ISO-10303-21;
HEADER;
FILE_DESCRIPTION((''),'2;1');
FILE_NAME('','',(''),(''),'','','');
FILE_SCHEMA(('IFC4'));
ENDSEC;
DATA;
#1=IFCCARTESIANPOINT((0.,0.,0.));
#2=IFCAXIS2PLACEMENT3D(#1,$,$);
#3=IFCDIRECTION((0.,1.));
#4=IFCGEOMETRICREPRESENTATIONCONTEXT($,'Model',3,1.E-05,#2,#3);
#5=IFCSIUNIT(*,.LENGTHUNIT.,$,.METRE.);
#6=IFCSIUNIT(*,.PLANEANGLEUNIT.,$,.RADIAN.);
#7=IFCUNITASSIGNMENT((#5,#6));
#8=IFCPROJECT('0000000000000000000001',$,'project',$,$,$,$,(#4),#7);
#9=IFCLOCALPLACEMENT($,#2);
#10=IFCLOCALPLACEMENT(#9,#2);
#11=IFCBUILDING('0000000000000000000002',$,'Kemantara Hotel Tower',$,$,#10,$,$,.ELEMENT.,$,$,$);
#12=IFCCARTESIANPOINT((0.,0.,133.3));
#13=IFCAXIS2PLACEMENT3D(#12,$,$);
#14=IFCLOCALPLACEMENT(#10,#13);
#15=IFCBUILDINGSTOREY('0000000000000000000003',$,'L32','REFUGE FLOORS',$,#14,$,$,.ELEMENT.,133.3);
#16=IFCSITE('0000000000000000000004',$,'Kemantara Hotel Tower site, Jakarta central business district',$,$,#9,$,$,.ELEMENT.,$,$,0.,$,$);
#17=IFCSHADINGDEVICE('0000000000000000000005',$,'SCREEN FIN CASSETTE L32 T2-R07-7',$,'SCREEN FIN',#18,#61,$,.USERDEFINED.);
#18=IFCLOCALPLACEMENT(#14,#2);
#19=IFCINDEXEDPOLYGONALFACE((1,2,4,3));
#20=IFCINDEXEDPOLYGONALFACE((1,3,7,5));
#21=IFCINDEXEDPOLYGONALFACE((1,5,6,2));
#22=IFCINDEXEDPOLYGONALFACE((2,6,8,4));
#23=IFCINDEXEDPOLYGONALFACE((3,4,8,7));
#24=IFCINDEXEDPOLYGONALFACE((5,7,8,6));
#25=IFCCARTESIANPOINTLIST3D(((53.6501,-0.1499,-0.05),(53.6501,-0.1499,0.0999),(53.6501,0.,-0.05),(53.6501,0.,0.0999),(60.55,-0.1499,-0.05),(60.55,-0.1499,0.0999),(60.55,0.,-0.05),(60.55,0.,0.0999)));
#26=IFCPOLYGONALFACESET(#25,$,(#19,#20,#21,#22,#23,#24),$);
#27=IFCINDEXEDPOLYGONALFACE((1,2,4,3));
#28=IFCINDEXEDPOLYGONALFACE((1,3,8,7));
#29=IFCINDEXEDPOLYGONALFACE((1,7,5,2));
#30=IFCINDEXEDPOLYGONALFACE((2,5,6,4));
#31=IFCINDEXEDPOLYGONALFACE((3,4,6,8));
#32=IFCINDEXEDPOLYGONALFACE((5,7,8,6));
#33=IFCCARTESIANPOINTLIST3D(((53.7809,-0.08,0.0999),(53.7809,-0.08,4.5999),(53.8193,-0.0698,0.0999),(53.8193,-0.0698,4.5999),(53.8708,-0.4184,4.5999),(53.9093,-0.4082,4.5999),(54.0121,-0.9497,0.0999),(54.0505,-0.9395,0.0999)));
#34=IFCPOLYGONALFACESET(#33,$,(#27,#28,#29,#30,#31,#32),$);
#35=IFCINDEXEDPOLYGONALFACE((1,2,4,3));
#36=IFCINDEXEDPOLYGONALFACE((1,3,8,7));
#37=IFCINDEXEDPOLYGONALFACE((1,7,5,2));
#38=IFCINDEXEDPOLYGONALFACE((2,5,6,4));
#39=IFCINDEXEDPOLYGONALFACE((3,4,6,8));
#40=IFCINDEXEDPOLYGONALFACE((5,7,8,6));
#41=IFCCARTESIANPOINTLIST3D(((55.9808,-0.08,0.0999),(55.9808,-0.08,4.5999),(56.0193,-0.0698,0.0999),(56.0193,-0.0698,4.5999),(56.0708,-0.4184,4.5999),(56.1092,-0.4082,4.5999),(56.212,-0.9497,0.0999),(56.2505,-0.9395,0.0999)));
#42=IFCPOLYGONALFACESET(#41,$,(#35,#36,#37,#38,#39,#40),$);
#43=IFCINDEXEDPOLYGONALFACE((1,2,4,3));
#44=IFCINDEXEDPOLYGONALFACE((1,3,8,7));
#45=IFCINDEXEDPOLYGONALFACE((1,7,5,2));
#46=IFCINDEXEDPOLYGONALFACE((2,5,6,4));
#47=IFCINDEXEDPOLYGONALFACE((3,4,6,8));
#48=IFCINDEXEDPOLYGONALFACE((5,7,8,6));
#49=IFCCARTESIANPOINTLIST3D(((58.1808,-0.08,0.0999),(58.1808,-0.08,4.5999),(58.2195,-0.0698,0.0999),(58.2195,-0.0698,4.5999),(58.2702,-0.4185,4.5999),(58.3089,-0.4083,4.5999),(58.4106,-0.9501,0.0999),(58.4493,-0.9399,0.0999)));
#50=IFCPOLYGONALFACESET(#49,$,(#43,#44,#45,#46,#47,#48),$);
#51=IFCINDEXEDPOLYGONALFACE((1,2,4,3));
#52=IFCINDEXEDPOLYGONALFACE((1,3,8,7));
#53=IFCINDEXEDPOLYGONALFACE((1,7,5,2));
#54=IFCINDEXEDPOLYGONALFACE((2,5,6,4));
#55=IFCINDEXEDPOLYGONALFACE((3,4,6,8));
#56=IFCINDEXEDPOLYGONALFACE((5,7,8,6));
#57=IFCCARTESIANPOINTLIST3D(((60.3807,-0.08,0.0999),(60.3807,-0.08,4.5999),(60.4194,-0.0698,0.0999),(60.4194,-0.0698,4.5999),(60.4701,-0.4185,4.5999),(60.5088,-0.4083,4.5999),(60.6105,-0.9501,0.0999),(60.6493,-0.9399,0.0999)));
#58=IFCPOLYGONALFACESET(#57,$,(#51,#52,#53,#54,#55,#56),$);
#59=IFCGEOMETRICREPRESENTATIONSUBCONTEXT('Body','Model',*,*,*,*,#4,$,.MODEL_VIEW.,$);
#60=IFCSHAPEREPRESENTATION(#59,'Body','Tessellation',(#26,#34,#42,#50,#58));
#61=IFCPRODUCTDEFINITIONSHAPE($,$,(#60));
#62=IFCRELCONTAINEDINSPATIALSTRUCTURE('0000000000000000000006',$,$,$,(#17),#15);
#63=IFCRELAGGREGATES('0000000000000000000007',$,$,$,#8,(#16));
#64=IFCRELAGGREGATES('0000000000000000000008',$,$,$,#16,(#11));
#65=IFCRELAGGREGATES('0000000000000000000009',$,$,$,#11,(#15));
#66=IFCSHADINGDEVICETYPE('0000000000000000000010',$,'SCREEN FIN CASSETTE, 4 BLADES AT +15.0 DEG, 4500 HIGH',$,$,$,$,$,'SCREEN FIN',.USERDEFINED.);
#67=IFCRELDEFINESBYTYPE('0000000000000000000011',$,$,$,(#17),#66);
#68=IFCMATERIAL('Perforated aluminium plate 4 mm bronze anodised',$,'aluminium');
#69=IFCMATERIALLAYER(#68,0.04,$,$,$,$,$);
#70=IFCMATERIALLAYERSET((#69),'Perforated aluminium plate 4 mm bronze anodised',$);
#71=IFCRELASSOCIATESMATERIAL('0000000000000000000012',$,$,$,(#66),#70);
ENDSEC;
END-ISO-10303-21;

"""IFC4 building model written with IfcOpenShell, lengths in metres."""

from ifc_helpers import new_model, si_unit, direction, frame, origin, origin_2d, place, context, subcontext, project, spatial, polyline, rectangle, outline, extrude, source, transform, mapped, material, layer, layer_set, type_object, element, save


model = new_model("IFC4")

# Units and contexts
model_context = context("Model", 3, precision=1e-05, world=origin(), true_north=direction((0.0, 1.0)))
body_context = subcontext(model_context, "Body", "Model", "MODEL_VIEW")
ifc_project = project(units=[si_unit("LENGTHUNIT", "METRE"), si_unit("PLANEANGLEUNIT", "RADIAN")], contexts=[model_context])

# Site, building, storey
site_placement = place(None, origin())
site = spatial("IfcSite", under=ifc_project, at=site_placement, Name="Kemantara Hotel Tower site, Jakarta central business district", CompositionType="ELEMENT", RefElevation=0.0)
building_placement = place(site_placement, origin())
building = spatial("IfcBuilding", under=site, at=building_placement, Name="Kemantara Hotel Tower", CompositionType="ELEMENT")
storey_placement = place(building_placement, frame((0.0, 0.0, 133.3)))
storey = spatial("IfcBuildingStorey", under=building, at=storey_placement, Name="L32", Description="REFUGE FLOORS", CompositionType="ELEMENT", Elevation=133.3)

# Shading device
ifc_material_1 = material(Name="Perforated aluminium plate 4 mm bronze anodised", Category="aluminium")
ifc_layer_1 = layer(ifc_material_1, 0.04)
ifc_layer_set_1 = layer_set([ifc_layer_1], Name="Perforated aluminium plate 4 mm bronze anodised")
shading_device_type_1 = type_object("IfcShadingDeviceType", Name="SCREEN FIN CASSETTE, 4 BLADES AT +15.0 DEG, 4500 HIGH", ElementType="SCREEN FIN", PredefinedType="USERDEFINED", material=ifc_layer_set_1)
shared_shape_1 = source(origin(), body_context, "Body", "SweptSolid", [
    extrude(rectangle(XDim=6.8999, YDim=0.1499, at=origin_2d()), frame((3.3, -0.075, -0.1499), z_axis=(0.0, 0.0, 1.0), x_axis=(1.0, 0.0, 0.0)), (0.0, 0.0, 1.0), 0.1499),
    extrude(outline(polyline([(0.0, 0.0), (0.8999, 0.0), (0.3501, 4.5), (0.0, 4.5), (0.0, 0.0)])), frame((0.0193, -0.0698, 0.0), z_axis=(-0.966438, -0.256901, 0.0), x_axis=(0.256901, -0.966438, 0.0)), (0.0, 0.0, 1.0), 0.0398),
    extrude(outline(polyline([(0.0, 0.0), (0.8999, 0.0), (0.3501, 4.5), (0.0, 4.5), (0.0, 0.0)])), frame((2.2192, -0.0698, 0.0), z_axis=(-0.966438, -0.256901, 0.0), x_axis=(0.256901, -0.966438, 0.0)), (0.0, 0.0, 1.0), 0.0398),
    extrude(outline(polyline([(0.0, 0.0), (0.8999, 0.0), (0.3501, 4.5), (0.0, 4.5), (0.0, 0.0)])), frame((4.4194, -0.0698, 0.0), z_axis=(-0.966838, -0.255391, 0.0), x_axis=(0.255391, -0.966838, 0.0)), (0.0, 0.0, 1.0), 0.04),
    extrude(outline(polyline([(0.0, 0.0), (0.8999, 0.0), (0.3501, 4.5), (0.0, 4.5), (0.0, 0.0)])), frame((6.6194, -0.0698, 0.0), z_axis=(-0.966838, -0.255391, 0.0), x_axis=(0.255391, -0.966838, 0.0)), (0.0, 0.0, 1.0), 0.04),
])
shading_device_1_placement = place(storey_placement, frame((53.8, 0.0, 0.0999), z_axis=(0.0, 0.0, 1.0), x_axis=(1.0, 0.0, 0.0)))
element("IfcShadingDevice", 1, at=shading_device_1_placement, inside=storey, type_object=shading_device_type_1, Name="SCREEN FIN CASSETTE L32 T2-R07-7", ObjectType="SCREEN FIN", PredefinedType="USERDEFINED", context=body_context, shape_type="MappedRepresentation", body=[
    mapped(shared_shape_1, transform((0.0, 0.0, 0.0))),
])

save(model, "model.ifc")
